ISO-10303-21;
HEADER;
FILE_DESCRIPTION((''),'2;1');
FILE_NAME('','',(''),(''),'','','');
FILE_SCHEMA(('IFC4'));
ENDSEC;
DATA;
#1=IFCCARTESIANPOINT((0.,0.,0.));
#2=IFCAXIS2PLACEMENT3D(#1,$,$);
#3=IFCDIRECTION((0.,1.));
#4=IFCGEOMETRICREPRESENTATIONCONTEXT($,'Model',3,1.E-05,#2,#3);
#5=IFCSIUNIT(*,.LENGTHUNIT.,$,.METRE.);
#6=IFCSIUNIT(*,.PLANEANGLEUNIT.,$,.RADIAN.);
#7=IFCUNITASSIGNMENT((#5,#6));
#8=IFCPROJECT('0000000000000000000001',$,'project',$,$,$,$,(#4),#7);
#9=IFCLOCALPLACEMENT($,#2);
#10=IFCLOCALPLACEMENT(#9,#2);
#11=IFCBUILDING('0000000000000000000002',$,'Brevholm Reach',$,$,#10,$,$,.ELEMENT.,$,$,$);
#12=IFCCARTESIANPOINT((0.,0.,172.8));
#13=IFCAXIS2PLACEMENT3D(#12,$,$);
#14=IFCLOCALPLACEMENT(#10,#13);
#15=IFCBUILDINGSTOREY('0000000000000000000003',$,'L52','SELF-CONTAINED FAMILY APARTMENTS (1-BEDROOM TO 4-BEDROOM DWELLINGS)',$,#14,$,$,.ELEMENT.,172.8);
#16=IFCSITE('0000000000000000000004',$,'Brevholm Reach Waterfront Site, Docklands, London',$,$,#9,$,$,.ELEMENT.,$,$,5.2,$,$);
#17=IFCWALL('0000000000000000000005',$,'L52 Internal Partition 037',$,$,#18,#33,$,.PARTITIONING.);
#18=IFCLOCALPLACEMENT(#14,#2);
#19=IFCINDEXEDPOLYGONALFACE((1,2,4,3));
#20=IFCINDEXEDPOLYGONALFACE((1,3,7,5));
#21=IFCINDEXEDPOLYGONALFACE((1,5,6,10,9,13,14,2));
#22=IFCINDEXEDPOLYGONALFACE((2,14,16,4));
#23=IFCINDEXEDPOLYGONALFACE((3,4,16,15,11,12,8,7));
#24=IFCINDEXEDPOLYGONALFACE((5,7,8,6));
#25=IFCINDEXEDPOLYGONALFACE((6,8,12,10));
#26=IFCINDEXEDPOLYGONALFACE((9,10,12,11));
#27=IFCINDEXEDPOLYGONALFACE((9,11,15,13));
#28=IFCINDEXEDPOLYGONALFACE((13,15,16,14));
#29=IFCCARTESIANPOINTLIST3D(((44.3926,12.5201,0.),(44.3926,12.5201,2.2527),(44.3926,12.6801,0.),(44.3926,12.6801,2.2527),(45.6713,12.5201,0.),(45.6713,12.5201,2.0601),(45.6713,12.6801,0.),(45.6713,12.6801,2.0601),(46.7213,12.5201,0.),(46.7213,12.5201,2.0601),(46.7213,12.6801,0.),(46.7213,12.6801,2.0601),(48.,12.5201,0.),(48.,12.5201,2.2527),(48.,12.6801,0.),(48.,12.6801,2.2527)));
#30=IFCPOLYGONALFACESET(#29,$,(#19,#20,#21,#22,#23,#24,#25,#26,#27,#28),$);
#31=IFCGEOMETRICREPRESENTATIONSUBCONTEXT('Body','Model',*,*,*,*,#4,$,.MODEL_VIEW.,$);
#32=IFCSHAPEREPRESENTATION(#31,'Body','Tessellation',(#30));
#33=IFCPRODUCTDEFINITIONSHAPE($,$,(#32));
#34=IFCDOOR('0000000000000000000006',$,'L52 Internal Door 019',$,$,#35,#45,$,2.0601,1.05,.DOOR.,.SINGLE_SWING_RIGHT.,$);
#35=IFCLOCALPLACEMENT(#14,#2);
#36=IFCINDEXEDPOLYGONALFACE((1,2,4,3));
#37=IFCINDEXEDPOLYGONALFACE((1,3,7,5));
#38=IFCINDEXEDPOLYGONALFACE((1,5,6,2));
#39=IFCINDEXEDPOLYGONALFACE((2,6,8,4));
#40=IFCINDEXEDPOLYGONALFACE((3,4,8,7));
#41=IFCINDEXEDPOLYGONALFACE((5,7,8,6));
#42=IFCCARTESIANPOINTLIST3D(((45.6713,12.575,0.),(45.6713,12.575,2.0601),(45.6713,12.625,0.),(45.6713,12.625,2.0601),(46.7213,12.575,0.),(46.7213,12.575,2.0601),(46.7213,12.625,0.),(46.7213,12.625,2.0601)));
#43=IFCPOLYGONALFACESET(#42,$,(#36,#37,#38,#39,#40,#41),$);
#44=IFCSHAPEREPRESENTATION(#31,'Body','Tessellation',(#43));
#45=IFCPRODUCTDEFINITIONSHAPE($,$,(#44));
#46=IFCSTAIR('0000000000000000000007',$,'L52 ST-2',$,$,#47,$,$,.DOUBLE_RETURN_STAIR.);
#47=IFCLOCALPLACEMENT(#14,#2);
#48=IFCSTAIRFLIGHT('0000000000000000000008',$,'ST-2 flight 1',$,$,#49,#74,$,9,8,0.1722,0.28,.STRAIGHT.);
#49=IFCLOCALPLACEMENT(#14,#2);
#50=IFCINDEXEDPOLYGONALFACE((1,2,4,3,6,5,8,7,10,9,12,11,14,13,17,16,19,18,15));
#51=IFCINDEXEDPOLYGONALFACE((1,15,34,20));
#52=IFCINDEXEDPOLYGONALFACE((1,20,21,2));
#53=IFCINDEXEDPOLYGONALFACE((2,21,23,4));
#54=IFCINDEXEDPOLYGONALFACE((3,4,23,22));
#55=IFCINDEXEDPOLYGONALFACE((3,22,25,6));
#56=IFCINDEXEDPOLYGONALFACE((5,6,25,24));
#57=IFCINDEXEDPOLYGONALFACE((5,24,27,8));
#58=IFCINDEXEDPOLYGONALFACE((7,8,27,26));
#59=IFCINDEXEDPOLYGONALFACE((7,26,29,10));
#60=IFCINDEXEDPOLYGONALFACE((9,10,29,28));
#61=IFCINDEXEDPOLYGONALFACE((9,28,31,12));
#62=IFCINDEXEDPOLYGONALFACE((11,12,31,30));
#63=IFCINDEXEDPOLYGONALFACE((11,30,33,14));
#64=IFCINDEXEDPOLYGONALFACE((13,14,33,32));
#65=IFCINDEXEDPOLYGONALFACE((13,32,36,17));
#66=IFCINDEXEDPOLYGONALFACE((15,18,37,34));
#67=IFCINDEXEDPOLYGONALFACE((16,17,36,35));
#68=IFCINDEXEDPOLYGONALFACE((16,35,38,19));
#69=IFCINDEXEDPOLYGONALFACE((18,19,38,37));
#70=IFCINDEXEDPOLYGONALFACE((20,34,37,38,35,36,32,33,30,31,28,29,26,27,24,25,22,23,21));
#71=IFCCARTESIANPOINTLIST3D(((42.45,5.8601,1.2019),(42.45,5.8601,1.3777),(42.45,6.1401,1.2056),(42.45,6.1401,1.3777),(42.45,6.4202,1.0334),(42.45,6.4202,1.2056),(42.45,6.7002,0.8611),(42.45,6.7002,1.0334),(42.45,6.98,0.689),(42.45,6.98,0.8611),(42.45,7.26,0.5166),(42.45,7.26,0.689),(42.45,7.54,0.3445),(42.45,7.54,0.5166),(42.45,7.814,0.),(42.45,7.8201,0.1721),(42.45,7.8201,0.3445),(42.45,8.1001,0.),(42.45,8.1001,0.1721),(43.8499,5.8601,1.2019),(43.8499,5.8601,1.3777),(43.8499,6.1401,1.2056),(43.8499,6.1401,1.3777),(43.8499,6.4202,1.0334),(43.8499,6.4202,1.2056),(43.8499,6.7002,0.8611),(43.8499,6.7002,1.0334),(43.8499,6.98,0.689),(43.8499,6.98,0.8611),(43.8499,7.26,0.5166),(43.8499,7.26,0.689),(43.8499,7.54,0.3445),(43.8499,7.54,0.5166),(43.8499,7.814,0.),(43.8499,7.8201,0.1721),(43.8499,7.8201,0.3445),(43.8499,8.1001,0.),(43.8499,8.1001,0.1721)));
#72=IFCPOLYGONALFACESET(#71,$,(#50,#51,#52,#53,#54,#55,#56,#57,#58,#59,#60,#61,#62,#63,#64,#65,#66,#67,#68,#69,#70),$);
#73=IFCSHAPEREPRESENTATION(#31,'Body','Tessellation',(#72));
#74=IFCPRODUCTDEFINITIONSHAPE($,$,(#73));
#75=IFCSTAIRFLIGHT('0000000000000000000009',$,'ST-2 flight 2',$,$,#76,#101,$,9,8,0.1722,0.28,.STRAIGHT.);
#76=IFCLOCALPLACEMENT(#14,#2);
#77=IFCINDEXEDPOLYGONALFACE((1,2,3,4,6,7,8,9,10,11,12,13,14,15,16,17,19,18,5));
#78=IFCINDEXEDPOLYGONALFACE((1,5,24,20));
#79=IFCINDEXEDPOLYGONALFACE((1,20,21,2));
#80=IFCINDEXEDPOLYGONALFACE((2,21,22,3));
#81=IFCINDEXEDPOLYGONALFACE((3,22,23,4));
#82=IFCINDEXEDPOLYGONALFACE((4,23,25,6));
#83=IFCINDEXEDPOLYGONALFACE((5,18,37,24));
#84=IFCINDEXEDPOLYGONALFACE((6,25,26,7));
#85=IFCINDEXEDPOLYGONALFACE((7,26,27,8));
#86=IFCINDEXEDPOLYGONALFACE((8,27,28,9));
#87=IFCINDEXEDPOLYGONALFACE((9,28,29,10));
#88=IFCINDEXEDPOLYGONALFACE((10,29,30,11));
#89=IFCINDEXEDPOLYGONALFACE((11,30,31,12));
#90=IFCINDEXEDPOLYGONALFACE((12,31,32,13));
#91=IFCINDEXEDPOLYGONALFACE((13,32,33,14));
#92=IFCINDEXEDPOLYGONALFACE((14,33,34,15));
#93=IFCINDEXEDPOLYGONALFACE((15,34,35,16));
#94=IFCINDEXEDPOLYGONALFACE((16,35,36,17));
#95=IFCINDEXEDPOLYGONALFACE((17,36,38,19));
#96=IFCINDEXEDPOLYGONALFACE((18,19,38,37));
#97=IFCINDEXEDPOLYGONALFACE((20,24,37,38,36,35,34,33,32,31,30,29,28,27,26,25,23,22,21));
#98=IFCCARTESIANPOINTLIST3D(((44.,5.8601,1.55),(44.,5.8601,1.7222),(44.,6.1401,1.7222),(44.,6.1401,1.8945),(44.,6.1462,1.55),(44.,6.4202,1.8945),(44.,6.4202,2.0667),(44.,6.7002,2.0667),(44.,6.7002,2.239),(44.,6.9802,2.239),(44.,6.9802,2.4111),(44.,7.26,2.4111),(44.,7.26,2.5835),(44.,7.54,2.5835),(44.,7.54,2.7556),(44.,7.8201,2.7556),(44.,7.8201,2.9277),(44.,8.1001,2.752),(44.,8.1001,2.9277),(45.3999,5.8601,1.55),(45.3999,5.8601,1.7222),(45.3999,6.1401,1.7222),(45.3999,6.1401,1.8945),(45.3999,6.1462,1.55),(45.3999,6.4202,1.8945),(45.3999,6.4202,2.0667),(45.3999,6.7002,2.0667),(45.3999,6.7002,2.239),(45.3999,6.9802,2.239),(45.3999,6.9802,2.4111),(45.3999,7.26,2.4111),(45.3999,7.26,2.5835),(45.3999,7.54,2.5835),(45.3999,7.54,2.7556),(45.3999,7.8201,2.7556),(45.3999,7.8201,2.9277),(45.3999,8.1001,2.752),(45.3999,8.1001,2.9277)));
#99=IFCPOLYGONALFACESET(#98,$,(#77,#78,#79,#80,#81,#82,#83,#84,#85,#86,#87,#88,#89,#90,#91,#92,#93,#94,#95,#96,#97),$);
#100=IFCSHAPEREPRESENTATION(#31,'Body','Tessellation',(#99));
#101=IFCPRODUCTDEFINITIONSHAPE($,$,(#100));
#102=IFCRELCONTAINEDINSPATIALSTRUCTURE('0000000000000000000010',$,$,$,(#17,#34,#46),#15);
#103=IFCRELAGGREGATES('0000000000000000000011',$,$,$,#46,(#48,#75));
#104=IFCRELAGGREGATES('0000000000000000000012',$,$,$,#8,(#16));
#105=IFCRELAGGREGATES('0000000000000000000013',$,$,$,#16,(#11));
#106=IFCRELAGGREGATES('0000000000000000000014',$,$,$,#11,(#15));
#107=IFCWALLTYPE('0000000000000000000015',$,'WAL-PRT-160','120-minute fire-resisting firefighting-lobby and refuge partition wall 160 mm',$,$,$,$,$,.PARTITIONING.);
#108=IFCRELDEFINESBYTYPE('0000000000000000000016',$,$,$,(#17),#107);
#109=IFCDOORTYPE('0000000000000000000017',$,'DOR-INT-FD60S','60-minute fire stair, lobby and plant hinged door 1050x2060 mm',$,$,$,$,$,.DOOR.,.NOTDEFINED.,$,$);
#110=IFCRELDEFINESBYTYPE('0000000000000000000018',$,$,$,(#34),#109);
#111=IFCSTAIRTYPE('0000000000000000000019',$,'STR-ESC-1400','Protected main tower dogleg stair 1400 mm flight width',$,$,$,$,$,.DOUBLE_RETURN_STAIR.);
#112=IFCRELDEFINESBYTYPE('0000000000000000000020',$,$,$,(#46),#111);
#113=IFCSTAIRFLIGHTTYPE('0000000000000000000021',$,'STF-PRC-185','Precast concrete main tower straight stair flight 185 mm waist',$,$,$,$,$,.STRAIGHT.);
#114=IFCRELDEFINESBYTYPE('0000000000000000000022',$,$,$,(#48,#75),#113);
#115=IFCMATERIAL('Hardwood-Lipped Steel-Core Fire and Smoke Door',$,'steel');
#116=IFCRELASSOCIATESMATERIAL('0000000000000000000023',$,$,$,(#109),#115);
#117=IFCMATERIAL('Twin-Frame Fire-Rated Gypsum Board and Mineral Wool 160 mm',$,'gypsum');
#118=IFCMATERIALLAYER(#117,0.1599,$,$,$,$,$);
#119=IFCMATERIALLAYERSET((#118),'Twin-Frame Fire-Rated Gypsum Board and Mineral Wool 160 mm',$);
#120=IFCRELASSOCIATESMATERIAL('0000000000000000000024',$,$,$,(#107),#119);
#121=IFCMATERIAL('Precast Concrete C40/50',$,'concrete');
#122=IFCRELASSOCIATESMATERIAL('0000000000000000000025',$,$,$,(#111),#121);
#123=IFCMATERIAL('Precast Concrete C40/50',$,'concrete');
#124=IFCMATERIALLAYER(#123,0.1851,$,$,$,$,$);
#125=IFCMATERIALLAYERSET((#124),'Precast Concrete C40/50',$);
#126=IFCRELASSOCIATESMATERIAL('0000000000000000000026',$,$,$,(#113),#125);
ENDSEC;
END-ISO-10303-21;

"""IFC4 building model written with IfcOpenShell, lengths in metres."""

from ifc_helpers import new_model, si_unit, direction, frame, frame_2d, origin, place, context, subcontext, project, spatial, polyline, rectangle, outline, extrude, material, layer, layer_set, type_object, element, fill, aggregate, save


model = new_model("IFC4")

# Units and contexts
model_context = context("Model", 3, precision=1e-05, world=origin(), true_north=direction((0.0, 1.0)))
body_context = subcontext(model_context, "Body", "Model", "MODEL_VIEW")
ifc_project = project(units=[si_unit("LENGTHUNIT", "METRE"), si_unit("PLANEANGLEUNIT", "RADIAN")], contexts=[model_context])

# Site, building, storey
site_placement = place(None, origin())
site = spatial("IfcSite", under=ifc_project, at=site_placement, Name="Brevholm Reach Waterfront Site, Docklands, London", CompositionType="ELEMENT", RefElevation=5.2)
building_placement = place(site_placement, origin())
building = spatial("IfcBuilding", under=site, at=building_placement, Name="Brevholm Reach", CompositionType="ELEMENT")
storey_placement = place(building_placement, frame((0.0, 0.0, 172.8)))
storey = spatial("IfcBuildingStorey", under=building, at=storey_placement, Name="L52", Description="SELF-CONTAINED FAMILY APARTMENTS (1-BEDROOM TO 4-BEDROOM DWELLINGS)", CompositionType="ELEMENT", Elevation=172.8)

# Shared definitions
ifc_material_1 = material(Name="Hardwood-Lipped Steel-Core Fire and Smoke Door", Category="steel")
door_type_1 = type_object("IfcDoorType", Name="DOR-INT-FD60S", Description="60-minute fire stair, lobby and plant hinged door 1050x2060 mm", OperationType="NOTDEFINED", PredefinedType="DOOR", material=ifc_material_1)

# Wall, opening, door
ifc_material_2 = material(Name="Twin-Frame Fire-Rated Gypsum Board and Mineral Wool 160 mm", Category="gypsum")
ifc_layer_1 = layer(ifc_material_2, 0.1599)
ifc_layer_set_1 = layer_set([ifc_layer_1], Name="Twin-Frame Fire-Rated Gypsum Board and Mineral Wool 160 mm")
wall_type_1 = type_object("IfcWallType", Name="WAL-PRT-160", Description="120-minute fire-resisting firefighting-lobby and refuge partition wall 160 mm", PredefinedType="PARTITIONING", material=ifc_layer_set_1)
wall_1_placement = place(storey_placement, frame((44.3926, 12.6001, 0.0), z_axis=(0.0, 0.0, 1.0), x_axis=(1.0, 0.0, 0.0)))
wall_1 = element("IfcWall", 1, at=wall_1_placement, inside=storey, type_object=wall_type_1, Name="L52 Internal Partition 037", PredefinedType="PARTITIONING", context=body_context, shape_type="SweptSolid", body=[
    extrude(rectangle(XDim=3.6074, YDim=0.1599, at=frame_2d((1.8037, 0.0))), origin(), (0.0, 0.0, 1.0), 2.2527),
])
opening_1_placement = place(wall_1_placement, frame((1.2788, 0.0, 0.0)))
opening_1 = element("IfcOpeningElement", 2, at=opening_1_placement, cuts=wall_1, PredefinedType="OPENING", context=body_context, shape_type="SweptSolid", body=[
    extrude(rectangle(XDim=1.05, YDim=2.0601, at=frame_2d((0.5249, 1.03))), frame((0.0, 0.0898, 0.0), z_axis=(0.0, -1.0, 0.0), x_axis=(1.0, 0.0, 0.0)), (0.0, 0.0, 1.0), 0.1799),
])
door_1_placement = place(opening_1_placement, origin())
door_1 = element("IfcDoor", 3, at=door_1_placement, inside=storey, type_object=door_type_1, Name="L52 Internal Door 019", OperationType="SINGLE_SWING_RIGHT", OverallHeight=2.0601, OverallWidth=1.05, PredefinedType="DOOR", context=body_context, shape_type="SweptSolid", body=[
    extrude(rectangle(XDim=1.05, YDim=2.0601, at=frame_2d((0.5249, 1.03))), frame((0.0, 0.0249, 0.0), z_axis=(0.0, -1.0, 0.0), x_axis=(1.0, 0.0, 0.0)), (0.0, 0.0, 1.0), 0.05),
])
fill(opening_1, door_1)

# Stair, stair flights
ifc_material_3 = material(Name="Precast Concrete C40/50", Category="concrete")
stair_type = type_object("IfcStairType", Name="STR-ESC-1400", Description="Protected main tower dogleg stair 1400 mm flight width", PredefinedType="DOUBLE_RETURN_STAIR", material=ifc_material_3)
stair_placement = place(storey_placement, origin())
stair = element("IfcStair", 4, at=stair_placement, inside=storey, type_object=stair_type, Name="L52 ST-2", PredefinedType="DOUBLE_RETURN_STAIR")
ifc_material_4 = material(Name="Precast Concrete C40/50", Category="concrete")
ifc_layer_2 = layer(ifc_material_4, 0.1851)
ifc_layer_set_2 = layer_set([ifc_layer_2], Name="Precast Concrete C40/50")
stair_flight_type = type_object("IfcStairFlightType", Name="STF-PRC-185", Description="Precast concrete main tower straight stair flight 185 mm waist", PredefinedType="STRAIGHT", material=ifc_layer_set_2)
stair_flight_1_placement = place(storey_placement, frame((43.1499, 8.1001, 0.0), z_axis=(0.0, 0.0, 1.0), x_axis=(0.0, -1.0, 0.0)))
stair_flight_1 = element("IfcStairFlight", 5, at=stair_flight_1_placement, type_object=stair_flight_type, Name="ST-2 flight 1", NumberOfRisers=9, NumberOfTreads=8, PredefinedType="STRAIGHT", RiserHeight=0.1722, TreadLength=0.28, context=body_context, shape_type="SweptSolid", body=[
    extrude(outline(polyline([(0.0, 0.0), (0.0, 0.1721), (0.28, 0.1721), (0.28, 0.3445), (0.5601, 0.3445), (0.5601, 0.5166), (0.8401, 0.5166), (0.8401, 0.689), (1.1201, 0.689), (1.1201, 0.8611), (1.3999, 0.8611), (1.3999, 1.0334), (1.6799, 1.0334), (1.6799, 1.2056), (1.96, 1.2056), (1.96, 1.3777), (2.24, 1.3777), (2.24, 1.55), (2.24, 1.2019), (0.2861, 0.0), (0.0, 0.0)])), frame((0.0, 0.7, 0.0), z_axis=(0.0, -1.0, 0.0), x_axis=(1.0, 0.0, 0.0)), (0.0, 0.0, 1.0), 1.3999),
])
stair_flight_2_placement = place(storey_placement, frame((44.7, 5.8601, 1.55), z_axis=(0.0, 0.0, 1.0), x_axis=(0.0, 1.0, 0.0)))
stair_flight_2 = element("IfcStairFlight", 6, at=stair_flight_2_placement, type_object=stair_flight_type, Name="ST-2 flight 2", NumberOfRisers=9, NumberOfTreads=8, PredefinedType="STRAIGHT", RiserHeight=0.1722, TreadLength=0.28, context=body_context, shape_type="SweptSolid", body=[
    extrude(outline(polyline([(0.0, 0.0), (0.0, 0.1721), (0.28, 0.1721), (0.28, 0.3445), (0.5601, 0.3445), (0.5601, 0.5166), (0.8401, 0.5166), (0.8401, 0.689), (1.1201, 0.689), (1.1201, 0.8611), (1.3999, 0.8611), (1.3999, 1.0334), (1.6799, 1.0334), (1.6799, 1.2056), (1.96, 1.2056), (1.96, 1.3777), (2.24, 1.3777), (2.24, 1.55), (2.24, 1.2019), (0.2861, 0.0), (0.0, 0.0)])), frame((0.0, 0.7, 0.0), z_axis=(0.0, -1.0, 0.0), x_axis=(1.0, 0.0, 0.0)), (0.0, 0.0, 1.0), 1.3999),
])
aggregate(stair, [stair_flight_1, stair_flight_2])

save(model, "model.ifc")
